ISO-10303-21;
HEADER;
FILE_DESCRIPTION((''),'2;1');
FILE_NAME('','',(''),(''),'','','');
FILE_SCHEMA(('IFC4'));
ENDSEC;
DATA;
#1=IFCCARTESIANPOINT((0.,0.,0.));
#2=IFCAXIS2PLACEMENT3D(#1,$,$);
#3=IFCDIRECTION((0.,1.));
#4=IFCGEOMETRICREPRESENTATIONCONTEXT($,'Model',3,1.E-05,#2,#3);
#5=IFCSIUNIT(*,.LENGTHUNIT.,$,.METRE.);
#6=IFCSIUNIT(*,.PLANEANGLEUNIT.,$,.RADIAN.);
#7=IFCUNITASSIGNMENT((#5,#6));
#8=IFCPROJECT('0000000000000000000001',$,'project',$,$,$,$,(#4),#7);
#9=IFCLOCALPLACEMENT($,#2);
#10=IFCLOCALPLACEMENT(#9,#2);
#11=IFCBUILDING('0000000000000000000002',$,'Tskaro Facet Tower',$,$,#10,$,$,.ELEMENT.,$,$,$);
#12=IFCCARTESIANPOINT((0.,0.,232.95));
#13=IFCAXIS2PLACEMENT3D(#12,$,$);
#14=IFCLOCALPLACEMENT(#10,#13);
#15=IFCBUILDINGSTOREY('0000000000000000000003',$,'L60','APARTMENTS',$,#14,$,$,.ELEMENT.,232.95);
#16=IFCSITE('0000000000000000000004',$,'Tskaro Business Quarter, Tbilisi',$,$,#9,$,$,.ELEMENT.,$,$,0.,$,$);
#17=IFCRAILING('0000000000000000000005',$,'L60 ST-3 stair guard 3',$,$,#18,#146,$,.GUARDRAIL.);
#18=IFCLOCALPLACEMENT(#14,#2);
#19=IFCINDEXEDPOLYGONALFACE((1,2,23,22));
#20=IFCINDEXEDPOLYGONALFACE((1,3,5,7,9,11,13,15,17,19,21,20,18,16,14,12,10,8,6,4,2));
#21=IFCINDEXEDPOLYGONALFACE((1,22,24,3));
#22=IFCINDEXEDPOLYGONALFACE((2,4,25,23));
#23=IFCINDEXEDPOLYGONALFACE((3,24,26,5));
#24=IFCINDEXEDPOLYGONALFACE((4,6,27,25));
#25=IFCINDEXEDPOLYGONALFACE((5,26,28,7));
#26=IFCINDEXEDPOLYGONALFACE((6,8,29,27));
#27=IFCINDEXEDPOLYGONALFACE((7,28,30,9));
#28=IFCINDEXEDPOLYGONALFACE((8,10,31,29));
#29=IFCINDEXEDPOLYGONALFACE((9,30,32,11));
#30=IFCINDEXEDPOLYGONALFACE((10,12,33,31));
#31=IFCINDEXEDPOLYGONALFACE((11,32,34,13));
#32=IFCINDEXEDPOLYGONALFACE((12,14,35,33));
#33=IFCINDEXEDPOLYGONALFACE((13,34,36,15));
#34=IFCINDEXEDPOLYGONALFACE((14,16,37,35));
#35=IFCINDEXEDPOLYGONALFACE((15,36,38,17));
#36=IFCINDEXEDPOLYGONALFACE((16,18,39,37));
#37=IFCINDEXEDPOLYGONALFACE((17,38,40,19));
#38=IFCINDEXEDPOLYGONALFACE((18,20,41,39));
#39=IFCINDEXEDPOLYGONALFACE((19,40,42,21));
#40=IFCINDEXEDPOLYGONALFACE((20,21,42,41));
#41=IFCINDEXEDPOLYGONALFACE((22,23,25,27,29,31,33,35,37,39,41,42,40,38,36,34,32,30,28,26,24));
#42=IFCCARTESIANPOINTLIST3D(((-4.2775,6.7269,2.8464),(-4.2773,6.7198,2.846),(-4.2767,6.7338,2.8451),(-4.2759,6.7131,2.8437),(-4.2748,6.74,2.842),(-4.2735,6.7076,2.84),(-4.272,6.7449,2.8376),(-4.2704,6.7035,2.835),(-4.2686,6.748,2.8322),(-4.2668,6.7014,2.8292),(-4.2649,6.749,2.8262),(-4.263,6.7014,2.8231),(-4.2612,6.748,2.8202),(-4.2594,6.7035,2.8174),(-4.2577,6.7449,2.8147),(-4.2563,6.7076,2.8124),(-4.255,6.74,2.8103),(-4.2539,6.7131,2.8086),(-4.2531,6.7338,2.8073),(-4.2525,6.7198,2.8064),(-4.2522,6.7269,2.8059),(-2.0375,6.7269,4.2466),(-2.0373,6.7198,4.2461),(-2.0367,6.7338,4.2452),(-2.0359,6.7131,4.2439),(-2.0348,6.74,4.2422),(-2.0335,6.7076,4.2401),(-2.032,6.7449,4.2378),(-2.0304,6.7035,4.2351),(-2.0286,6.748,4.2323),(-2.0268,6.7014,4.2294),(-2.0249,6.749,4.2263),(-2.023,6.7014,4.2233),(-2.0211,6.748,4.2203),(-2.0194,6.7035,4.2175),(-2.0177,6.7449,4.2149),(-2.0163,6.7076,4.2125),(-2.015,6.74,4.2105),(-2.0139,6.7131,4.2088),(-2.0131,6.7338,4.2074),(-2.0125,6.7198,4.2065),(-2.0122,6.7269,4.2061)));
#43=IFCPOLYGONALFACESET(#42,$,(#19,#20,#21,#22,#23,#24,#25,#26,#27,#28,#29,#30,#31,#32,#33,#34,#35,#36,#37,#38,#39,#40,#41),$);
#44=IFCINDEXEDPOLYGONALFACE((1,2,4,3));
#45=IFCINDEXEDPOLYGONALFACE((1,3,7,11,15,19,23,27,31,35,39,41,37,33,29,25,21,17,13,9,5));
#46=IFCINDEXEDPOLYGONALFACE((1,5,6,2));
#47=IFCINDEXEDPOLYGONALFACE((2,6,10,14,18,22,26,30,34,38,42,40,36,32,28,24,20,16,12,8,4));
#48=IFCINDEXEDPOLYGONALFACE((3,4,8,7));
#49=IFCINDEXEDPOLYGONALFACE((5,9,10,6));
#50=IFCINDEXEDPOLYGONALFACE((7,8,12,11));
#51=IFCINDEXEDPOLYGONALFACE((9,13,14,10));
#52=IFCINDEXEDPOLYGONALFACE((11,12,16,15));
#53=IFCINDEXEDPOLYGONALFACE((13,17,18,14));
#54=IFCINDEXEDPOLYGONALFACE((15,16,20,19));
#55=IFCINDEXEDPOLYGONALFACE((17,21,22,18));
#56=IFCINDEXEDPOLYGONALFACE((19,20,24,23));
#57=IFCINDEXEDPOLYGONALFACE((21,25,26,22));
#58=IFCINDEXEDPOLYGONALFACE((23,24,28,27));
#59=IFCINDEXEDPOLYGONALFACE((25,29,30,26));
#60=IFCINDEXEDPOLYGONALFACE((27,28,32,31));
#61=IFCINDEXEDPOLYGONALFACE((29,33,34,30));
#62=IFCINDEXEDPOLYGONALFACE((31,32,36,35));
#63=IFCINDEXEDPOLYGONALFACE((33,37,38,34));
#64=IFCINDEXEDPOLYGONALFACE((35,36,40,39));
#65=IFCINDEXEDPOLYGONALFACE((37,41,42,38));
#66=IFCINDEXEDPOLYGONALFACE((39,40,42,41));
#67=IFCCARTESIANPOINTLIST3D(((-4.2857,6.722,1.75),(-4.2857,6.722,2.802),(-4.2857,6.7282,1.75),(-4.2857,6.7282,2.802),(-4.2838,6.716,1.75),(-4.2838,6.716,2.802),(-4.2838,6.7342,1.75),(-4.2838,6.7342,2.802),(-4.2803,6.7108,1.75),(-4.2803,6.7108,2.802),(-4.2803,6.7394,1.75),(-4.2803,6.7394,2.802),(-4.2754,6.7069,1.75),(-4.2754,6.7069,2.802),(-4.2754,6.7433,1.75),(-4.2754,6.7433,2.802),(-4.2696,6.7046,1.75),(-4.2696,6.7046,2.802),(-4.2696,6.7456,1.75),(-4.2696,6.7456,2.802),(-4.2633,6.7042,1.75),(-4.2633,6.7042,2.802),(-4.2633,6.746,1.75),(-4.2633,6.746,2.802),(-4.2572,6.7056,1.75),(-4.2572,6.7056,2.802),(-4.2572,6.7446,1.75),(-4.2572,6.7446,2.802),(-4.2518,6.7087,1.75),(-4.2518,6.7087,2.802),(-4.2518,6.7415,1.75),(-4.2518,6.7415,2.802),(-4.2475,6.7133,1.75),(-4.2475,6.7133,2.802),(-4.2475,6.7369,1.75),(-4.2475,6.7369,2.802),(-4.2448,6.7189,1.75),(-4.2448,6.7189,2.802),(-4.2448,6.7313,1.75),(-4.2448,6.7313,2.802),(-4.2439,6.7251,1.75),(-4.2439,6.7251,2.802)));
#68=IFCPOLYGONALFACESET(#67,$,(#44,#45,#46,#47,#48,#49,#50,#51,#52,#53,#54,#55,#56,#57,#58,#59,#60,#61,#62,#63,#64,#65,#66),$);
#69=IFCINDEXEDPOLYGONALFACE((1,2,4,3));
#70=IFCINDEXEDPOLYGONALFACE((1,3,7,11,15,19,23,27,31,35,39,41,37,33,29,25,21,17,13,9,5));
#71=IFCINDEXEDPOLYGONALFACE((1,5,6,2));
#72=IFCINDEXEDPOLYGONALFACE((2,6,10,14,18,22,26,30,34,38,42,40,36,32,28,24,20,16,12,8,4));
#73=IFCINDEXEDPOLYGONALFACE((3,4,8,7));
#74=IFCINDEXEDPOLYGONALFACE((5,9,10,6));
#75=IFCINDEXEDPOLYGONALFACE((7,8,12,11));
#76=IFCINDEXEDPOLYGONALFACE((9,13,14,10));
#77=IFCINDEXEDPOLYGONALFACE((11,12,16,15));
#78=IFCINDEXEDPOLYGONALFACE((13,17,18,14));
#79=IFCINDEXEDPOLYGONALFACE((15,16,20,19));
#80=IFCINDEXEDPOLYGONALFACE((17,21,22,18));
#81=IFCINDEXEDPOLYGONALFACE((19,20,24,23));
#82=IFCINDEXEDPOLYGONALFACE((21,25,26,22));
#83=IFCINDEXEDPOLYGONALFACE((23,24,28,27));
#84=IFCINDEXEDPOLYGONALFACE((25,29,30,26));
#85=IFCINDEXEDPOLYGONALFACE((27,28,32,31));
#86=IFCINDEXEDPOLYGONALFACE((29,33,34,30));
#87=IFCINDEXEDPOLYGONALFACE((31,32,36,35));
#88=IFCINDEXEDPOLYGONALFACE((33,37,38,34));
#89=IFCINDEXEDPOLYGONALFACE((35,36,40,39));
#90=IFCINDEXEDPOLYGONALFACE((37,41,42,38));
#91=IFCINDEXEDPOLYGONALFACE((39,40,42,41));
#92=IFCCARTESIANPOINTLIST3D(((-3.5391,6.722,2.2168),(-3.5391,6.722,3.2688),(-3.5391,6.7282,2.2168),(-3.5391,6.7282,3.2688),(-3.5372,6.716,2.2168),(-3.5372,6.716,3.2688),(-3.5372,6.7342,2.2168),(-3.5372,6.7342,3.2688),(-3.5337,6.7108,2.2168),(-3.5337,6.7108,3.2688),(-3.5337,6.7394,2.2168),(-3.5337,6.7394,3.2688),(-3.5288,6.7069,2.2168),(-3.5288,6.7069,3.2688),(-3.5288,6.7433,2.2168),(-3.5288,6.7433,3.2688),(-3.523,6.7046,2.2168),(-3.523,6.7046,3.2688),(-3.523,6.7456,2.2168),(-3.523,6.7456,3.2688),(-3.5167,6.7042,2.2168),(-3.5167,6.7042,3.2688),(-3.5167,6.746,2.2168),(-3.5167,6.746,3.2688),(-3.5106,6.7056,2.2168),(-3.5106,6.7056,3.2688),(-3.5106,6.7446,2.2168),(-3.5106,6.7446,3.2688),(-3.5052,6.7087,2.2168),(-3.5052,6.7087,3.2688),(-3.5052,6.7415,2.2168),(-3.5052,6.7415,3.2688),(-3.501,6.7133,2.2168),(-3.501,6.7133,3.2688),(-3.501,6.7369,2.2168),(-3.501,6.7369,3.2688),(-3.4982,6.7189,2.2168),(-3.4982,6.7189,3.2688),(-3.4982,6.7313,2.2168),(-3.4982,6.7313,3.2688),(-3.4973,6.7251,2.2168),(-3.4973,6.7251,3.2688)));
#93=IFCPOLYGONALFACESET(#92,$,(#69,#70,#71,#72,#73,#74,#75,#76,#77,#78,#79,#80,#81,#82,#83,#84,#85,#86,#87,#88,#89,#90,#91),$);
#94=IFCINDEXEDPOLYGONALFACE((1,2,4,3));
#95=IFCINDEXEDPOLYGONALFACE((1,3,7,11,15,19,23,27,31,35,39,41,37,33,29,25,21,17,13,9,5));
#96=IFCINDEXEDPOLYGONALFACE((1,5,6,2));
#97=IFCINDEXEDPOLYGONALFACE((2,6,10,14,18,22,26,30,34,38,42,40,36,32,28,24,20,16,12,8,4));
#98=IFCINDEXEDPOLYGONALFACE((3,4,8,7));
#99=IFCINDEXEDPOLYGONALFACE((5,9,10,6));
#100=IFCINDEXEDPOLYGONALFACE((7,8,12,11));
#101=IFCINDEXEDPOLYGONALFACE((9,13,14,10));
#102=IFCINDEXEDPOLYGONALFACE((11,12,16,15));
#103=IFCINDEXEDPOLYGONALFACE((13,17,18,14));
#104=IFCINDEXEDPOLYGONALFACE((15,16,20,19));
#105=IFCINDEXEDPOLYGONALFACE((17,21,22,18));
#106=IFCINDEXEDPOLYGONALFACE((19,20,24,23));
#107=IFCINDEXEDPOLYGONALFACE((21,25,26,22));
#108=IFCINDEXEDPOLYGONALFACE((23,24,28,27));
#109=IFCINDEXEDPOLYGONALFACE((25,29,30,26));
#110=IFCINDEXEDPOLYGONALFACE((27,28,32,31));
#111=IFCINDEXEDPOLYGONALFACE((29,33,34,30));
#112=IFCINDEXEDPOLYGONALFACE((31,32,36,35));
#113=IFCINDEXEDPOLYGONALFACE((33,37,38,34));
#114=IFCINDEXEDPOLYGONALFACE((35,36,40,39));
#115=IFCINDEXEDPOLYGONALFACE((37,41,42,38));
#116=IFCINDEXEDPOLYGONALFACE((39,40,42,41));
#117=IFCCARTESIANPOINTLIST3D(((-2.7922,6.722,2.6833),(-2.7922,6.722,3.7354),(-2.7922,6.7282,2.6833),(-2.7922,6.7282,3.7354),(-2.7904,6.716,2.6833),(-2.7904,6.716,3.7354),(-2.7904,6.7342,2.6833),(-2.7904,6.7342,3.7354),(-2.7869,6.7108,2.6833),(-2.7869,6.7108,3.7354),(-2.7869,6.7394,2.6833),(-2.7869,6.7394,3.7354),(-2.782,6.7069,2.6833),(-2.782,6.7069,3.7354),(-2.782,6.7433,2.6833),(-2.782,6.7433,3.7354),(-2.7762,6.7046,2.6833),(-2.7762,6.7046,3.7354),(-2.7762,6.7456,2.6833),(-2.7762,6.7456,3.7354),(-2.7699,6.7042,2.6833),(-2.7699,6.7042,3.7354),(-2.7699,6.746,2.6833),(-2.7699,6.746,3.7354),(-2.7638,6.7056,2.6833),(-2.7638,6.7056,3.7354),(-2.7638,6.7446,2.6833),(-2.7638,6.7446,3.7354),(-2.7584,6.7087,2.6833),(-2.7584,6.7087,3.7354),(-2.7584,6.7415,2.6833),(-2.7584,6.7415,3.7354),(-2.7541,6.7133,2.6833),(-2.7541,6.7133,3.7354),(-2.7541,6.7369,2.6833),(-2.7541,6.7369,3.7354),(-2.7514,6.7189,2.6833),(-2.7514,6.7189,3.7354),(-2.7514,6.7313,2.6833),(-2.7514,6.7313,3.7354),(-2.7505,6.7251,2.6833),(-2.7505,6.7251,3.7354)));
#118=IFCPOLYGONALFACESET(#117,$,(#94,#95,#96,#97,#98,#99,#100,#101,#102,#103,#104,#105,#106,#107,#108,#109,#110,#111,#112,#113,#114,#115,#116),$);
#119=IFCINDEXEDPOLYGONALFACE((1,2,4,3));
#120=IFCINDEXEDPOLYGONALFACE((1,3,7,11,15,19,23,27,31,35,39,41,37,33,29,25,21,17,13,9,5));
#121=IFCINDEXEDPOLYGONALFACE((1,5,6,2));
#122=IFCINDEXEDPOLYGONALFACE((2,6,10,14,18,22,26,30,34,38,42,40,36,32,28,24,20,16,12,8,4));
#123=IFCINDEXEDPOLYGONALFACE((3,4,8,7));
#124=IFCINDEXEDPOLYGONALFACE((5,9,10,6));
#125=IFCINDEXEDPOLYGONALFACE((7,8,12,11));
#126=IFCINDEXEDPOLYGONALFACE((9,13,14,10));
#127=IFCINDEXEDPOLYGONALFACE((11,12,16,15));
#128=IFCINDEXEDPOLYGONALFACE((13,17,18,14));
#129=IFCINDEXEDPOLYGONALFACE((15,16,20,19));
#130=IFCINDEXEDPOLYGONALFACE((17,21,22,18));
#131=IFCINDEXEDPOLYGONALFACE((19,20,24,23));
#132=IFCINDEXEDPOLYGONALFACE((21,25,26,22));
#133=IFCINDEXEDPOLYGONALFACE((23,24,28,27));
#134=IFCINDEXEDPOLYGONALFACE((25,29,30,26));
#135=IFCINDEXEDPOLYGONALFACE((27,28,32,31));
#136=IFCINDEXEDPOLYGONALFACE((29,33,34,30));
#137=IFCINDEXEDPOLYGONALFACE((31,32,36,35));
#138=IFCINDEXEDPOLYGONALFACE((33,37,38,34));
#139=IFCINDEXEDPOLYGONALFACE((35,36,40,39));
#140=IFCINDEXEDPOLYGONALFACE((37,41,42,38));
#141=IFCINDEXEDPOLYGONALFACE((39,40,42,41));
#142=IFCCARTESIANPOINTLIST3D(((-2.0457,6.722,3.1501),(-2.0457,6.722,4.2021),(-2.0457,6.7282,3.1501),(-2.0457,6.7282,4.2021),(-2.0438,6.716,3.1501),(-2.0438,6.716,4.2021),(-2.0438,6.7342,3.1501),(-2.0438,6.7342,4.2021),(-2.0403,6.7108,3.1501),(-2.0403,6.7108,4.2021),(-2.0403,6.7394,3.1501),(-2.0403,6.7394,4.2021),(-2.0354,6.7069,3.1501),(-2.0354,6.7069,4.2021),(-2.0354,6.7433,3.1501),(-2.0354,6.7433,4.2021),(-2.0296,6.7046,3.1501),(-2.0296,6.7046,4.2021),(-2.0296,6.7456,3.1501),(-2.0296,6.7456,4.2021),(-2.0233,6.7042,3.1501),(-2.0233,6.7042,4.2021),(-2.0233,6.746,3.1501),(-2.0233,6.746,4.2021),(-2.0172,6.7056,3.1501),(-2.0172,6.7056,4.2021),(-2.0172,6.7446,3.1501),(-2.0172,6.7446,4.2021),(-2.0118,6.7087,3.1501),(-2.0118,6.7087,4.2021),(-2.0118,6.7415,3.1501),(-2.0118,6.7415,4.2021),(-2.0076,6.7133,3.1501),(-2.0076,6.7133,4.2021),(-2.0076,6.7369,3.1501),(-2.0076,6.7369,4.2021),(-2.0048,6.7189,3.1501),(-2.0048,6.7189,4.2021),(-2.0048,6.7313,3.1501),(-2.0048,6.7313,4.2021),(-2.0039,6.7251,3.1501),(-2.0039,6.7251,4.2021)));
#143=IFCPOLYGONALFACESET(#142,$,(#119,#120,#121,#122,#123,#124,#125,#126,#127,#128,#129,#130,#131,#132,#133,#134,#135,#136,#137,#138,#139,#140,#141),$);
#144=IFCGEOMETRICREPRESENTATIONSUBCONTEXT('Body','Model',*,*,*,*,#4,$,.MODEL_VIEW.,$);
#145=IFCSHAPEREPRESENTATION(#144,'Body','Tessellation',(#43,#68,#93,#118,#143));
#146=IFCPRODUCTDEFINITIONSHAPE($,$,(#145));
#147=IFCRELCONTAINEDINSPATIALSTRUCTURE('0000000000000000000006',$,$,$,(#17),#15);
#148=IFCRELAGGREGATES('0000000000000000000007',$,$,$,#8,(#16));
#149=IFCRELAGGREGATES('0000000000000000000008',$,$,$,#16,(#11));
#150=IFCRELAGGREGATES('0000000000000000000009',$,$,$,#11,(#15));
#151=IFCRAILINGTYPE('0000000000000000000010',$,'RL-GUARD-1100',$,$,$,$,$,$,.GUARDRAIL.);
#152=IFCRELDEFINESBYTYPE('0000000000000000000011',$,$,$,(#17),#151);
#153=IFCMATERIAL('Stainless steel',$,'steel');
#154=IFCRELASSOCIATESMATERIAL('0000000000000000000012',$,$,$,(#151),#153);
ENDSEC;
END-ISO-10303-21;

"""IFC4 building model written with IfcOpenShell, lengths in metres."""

from ifc_helpers import new_model, si_unit, direction, frame, origin, origin_2d, place, context, subcontext, project, spatial, circle, extrude, material, type_object, element, save


model = new_model("IFC4")

# Units and contexts
model_context = context("Model", 3, precision=1e-05, world=origin(), true_north=direction((0.0, 1.0)))
body_context = subcontext(model_context, "Body", "Model", "MODEL_VIEW")
ifc_project = project(units=[si_unit("LENGTHUNIT", "METRE"), si_unit("PLANEANGLEUNIT", "RADIAN")], contexts=[model_context])

# Site, building, storey
site_placement = place(None, origin())
site = spatial("IfcSite", under=ifc_project, at=site_placement, Name="Tskaro Business Quarter, Tbilisi", CompositionType="ELEMENT", RefElevation=0.0)
building_placement = place(site_placement, origin())
building = spatial("IfcBuilding", under=site, at=building_placement, Name="Tskaro Facet Tower", CompositionType="ELEMENT")
storey_placement = place(building_placement, frame((0.0, 0.0, 232.95)))
storey = spatial("IfcBuildingStorey", under=building, at=storey_placement, Name="L60", Description="APARTMENTS", CompositionType="ELEMENT", Elevation=232.95)

# Railing
ifc_material_1 = material(Name="Stainless steel", Category="steel")
railing_type_1 = type_object("IfcRailingType", Name="RL-GUARD-1100", PredefinedType="GUARDRAIL", material=ifc_material_1)
railing_1_placement = place(storey_placement, frame((-4.2649, 6.7251, 1.75)))
element("IfcRailing", 1, at=railing_1_placement, inside=storey, type_object=railing_type_1, Name="L60 ST-3 stair guard 3", PredefinedType="GUARDRAIL", context=body_context, shape_type="SweptSolid", body=[
    extrude(circle(Radius=0.0239, at=origin_2d()), frame((0.0, 0.0, 1.0762), z_axis=(0.847972, 0.0, 0.53004), x_axis=(0.0, 1.0, 0.0)), (0.0, 0.0, 1.0), 2.6416),
    extrude(circle(Radius=0.021, at=origin_2d()), origin(), (0.0, 0.0, 1.0), 1.052),
    extrude(circle(Radius=0.021, at=origin_2d()), frame((0.7466, 0.0, 0.4668)), (0.0, 0.0, 1.0), 1.052),
    extrude(circle(Radius=0.021, at=origin_2d()), frame((1.4934, 0.0, 0.9333)), (0.0, 0.0, 1.0), 1.052),
    extrude(circle(Radius=0.021, at=origin_2d()), frame((2.24, 0.0, 1.4001)), (0.0, 0.0, 1.0), 1.052),
])

save(model, "model.ifc")
